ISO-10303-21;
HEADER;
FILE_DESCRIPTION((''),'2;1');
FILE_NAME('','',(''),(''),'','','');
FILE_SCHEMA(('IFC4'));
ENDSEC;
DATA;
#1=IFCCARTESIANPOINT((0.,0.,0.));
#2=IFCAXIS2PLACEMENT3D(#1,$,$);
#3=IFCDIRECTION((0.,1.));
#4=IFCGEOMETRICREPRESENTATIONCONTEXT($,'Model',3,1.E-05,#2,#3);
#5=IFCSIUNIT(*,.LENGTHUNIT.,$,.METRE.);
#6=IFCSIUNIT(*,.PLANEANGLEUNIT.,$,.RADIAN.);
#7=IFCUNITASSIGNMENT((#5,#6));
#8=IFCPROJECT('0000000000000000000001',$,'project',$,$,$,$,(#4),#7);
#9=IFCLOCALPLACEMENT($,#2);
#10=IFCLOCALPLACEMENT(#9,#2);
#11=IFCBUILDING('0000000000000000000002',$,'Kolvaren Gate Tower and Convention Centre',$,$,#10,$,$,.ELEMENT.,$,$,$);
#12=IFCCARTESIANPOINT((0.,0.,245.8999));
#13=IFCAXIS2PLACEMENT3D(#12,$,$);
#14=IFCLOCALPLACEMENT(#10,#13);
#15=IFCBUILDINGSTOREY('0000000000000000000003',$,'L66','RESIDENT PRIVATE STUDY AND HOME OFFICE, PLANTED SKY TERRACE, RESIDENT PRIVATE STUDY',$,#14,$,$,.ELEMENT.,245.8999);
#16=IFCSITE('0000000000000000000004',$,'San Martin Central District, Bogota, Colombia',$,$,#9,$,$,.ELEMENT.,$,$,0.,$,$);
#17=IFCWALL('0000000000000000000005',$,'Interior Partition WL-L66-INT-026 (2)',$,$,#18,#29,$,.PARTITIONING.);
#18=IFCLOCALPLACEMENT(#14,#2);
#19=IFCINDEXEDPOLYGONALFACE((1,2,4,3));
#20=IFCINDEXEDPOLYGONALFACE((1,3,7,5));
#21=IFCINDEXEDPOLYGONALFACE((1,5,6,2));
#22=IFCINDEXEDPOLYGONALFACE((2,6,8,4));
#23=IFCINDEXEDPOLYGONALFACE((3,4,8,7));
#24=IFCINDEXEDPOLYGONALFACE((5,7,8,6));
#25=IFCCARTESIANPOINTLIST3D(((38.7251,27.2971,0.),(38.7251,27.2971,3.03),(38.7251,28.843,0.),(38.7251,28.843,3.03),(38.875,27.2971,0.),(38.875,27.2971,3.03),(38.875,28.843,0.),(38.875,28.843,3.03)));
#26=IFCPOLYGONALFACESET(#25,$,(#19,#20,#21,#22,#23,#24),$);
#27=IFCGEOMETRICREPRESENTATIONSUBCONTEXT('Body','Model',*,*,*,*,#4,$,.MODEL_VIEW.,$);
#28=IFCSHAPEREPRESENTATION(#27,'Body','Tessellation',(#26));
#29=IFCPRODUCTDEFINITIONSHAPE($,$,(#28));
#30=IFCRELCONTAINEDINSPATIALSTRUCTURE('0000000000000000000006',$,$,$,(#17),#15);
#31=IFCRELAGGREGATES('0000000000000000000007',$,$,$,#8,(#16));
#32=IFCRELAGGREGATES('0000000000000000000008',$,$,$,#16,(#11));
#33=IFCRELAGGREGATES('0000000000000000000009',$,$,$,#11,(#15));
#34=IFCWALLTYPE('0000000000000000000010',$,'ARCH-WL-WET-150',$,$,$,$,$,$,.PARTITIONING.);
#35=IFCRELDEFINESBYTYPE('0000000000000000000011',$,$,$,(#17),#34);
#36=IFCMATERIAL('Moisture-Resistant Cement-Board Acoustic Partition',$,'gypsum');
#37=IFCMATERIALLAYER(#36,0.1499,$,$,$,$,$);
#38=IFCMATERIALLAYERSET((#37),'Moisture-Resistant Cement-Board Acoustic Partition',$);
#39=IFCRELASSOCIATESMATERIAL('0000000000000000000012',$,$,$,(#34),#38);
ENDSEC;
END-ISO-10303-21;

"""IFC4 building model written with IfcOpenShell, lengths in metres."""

from ifc_helpers import new_model, si_unit, direction, frame, frame_2d, origin, place, context, subcontext, project, spatial, rectangle, extrude, material, layer, layer_set, type_object, element, save


model = new_model("IFC4")

# Units and contexts
model_context = context("Model", 3, precision=1e-05, world=origin(), true_north=direction((0.0, 1.0)))
body_context = subcontext(model_context, "Body", "Model", "MODEL_VIEW")
ifc_project = project(units=[si_unit("LENGTHUNIT", "METRE"), si_unit("PLANEANGLEUNIT", "RADIAN")], contexts=[model_context])

# Site, building, storey
site_placement = place(None, origin())
site = spatial("IfcSite", under=ifc_project, at=site_placement, Name="San Martin Central District, Bogota, Colombia", CompositionType="ELEMENT", RefElevation=0.0)
building_placement = place(site_placement, origin())
building = spatial("IfcBuilding", under=site, at=building_placement, Name="Kolvaren Gate Tower and Convention Centre", CompositionType="ELEMENT")
storey_placement = place(building_placement, frame((0.0, 0.0, 245.8999)))
storey = spatial("IfcBuildingStorey", under=building, at=storey_placement, Name="L66", Description="RESIDENT PRIVATE STUDY AND HOME OFFICE, PLANTED SKY TERRACE, RESIDENT PRIVATE STUDY", CompositionType="ELEMENT", Elevation=245.8999)

# Shared definitions
ifc_material_1 = material(Name="Moisture-Resistant Cement-Board Acoustic Partition", Category="gypsum")
ifc_layer_1 = layer(ifc_material_1, 0.1499)
ifc_layer_set_1 = layer_set([ifc_layer_1], Name="Moisture-Resistant Cement-Board Acoustic Partition")
wall_type_1 = type_object("IfcWallType", Name="ARCH-WL-WET-150", PredefinedType="PARTITIONING", material=ifc_layer_set_1)

# Wall
wall_1_placement = place(storey_placement, frame((38.8, 27.2971, 0.0), z_axis=(0.0, 0.0, 1.0), x_axis=(0.0, 1.0, 0.0)))
element("IfcWall", 1, at=wall_1_placement, inside=storey, type_object=wall_type_1, Name="Interior Partition WL-L66-INT-026 (2)", PredefinedType="PARTITIONING", context=body_context, shape_type="SweptSolid", body=[
    extrude(rectangle(XDim=1.5459, YDim=0.1499, at=frame_2d((0.7729, 0.0))), origin(), (0.0, 0.0, 1.0), 3.03),
])

save(model, "model.ifc")
